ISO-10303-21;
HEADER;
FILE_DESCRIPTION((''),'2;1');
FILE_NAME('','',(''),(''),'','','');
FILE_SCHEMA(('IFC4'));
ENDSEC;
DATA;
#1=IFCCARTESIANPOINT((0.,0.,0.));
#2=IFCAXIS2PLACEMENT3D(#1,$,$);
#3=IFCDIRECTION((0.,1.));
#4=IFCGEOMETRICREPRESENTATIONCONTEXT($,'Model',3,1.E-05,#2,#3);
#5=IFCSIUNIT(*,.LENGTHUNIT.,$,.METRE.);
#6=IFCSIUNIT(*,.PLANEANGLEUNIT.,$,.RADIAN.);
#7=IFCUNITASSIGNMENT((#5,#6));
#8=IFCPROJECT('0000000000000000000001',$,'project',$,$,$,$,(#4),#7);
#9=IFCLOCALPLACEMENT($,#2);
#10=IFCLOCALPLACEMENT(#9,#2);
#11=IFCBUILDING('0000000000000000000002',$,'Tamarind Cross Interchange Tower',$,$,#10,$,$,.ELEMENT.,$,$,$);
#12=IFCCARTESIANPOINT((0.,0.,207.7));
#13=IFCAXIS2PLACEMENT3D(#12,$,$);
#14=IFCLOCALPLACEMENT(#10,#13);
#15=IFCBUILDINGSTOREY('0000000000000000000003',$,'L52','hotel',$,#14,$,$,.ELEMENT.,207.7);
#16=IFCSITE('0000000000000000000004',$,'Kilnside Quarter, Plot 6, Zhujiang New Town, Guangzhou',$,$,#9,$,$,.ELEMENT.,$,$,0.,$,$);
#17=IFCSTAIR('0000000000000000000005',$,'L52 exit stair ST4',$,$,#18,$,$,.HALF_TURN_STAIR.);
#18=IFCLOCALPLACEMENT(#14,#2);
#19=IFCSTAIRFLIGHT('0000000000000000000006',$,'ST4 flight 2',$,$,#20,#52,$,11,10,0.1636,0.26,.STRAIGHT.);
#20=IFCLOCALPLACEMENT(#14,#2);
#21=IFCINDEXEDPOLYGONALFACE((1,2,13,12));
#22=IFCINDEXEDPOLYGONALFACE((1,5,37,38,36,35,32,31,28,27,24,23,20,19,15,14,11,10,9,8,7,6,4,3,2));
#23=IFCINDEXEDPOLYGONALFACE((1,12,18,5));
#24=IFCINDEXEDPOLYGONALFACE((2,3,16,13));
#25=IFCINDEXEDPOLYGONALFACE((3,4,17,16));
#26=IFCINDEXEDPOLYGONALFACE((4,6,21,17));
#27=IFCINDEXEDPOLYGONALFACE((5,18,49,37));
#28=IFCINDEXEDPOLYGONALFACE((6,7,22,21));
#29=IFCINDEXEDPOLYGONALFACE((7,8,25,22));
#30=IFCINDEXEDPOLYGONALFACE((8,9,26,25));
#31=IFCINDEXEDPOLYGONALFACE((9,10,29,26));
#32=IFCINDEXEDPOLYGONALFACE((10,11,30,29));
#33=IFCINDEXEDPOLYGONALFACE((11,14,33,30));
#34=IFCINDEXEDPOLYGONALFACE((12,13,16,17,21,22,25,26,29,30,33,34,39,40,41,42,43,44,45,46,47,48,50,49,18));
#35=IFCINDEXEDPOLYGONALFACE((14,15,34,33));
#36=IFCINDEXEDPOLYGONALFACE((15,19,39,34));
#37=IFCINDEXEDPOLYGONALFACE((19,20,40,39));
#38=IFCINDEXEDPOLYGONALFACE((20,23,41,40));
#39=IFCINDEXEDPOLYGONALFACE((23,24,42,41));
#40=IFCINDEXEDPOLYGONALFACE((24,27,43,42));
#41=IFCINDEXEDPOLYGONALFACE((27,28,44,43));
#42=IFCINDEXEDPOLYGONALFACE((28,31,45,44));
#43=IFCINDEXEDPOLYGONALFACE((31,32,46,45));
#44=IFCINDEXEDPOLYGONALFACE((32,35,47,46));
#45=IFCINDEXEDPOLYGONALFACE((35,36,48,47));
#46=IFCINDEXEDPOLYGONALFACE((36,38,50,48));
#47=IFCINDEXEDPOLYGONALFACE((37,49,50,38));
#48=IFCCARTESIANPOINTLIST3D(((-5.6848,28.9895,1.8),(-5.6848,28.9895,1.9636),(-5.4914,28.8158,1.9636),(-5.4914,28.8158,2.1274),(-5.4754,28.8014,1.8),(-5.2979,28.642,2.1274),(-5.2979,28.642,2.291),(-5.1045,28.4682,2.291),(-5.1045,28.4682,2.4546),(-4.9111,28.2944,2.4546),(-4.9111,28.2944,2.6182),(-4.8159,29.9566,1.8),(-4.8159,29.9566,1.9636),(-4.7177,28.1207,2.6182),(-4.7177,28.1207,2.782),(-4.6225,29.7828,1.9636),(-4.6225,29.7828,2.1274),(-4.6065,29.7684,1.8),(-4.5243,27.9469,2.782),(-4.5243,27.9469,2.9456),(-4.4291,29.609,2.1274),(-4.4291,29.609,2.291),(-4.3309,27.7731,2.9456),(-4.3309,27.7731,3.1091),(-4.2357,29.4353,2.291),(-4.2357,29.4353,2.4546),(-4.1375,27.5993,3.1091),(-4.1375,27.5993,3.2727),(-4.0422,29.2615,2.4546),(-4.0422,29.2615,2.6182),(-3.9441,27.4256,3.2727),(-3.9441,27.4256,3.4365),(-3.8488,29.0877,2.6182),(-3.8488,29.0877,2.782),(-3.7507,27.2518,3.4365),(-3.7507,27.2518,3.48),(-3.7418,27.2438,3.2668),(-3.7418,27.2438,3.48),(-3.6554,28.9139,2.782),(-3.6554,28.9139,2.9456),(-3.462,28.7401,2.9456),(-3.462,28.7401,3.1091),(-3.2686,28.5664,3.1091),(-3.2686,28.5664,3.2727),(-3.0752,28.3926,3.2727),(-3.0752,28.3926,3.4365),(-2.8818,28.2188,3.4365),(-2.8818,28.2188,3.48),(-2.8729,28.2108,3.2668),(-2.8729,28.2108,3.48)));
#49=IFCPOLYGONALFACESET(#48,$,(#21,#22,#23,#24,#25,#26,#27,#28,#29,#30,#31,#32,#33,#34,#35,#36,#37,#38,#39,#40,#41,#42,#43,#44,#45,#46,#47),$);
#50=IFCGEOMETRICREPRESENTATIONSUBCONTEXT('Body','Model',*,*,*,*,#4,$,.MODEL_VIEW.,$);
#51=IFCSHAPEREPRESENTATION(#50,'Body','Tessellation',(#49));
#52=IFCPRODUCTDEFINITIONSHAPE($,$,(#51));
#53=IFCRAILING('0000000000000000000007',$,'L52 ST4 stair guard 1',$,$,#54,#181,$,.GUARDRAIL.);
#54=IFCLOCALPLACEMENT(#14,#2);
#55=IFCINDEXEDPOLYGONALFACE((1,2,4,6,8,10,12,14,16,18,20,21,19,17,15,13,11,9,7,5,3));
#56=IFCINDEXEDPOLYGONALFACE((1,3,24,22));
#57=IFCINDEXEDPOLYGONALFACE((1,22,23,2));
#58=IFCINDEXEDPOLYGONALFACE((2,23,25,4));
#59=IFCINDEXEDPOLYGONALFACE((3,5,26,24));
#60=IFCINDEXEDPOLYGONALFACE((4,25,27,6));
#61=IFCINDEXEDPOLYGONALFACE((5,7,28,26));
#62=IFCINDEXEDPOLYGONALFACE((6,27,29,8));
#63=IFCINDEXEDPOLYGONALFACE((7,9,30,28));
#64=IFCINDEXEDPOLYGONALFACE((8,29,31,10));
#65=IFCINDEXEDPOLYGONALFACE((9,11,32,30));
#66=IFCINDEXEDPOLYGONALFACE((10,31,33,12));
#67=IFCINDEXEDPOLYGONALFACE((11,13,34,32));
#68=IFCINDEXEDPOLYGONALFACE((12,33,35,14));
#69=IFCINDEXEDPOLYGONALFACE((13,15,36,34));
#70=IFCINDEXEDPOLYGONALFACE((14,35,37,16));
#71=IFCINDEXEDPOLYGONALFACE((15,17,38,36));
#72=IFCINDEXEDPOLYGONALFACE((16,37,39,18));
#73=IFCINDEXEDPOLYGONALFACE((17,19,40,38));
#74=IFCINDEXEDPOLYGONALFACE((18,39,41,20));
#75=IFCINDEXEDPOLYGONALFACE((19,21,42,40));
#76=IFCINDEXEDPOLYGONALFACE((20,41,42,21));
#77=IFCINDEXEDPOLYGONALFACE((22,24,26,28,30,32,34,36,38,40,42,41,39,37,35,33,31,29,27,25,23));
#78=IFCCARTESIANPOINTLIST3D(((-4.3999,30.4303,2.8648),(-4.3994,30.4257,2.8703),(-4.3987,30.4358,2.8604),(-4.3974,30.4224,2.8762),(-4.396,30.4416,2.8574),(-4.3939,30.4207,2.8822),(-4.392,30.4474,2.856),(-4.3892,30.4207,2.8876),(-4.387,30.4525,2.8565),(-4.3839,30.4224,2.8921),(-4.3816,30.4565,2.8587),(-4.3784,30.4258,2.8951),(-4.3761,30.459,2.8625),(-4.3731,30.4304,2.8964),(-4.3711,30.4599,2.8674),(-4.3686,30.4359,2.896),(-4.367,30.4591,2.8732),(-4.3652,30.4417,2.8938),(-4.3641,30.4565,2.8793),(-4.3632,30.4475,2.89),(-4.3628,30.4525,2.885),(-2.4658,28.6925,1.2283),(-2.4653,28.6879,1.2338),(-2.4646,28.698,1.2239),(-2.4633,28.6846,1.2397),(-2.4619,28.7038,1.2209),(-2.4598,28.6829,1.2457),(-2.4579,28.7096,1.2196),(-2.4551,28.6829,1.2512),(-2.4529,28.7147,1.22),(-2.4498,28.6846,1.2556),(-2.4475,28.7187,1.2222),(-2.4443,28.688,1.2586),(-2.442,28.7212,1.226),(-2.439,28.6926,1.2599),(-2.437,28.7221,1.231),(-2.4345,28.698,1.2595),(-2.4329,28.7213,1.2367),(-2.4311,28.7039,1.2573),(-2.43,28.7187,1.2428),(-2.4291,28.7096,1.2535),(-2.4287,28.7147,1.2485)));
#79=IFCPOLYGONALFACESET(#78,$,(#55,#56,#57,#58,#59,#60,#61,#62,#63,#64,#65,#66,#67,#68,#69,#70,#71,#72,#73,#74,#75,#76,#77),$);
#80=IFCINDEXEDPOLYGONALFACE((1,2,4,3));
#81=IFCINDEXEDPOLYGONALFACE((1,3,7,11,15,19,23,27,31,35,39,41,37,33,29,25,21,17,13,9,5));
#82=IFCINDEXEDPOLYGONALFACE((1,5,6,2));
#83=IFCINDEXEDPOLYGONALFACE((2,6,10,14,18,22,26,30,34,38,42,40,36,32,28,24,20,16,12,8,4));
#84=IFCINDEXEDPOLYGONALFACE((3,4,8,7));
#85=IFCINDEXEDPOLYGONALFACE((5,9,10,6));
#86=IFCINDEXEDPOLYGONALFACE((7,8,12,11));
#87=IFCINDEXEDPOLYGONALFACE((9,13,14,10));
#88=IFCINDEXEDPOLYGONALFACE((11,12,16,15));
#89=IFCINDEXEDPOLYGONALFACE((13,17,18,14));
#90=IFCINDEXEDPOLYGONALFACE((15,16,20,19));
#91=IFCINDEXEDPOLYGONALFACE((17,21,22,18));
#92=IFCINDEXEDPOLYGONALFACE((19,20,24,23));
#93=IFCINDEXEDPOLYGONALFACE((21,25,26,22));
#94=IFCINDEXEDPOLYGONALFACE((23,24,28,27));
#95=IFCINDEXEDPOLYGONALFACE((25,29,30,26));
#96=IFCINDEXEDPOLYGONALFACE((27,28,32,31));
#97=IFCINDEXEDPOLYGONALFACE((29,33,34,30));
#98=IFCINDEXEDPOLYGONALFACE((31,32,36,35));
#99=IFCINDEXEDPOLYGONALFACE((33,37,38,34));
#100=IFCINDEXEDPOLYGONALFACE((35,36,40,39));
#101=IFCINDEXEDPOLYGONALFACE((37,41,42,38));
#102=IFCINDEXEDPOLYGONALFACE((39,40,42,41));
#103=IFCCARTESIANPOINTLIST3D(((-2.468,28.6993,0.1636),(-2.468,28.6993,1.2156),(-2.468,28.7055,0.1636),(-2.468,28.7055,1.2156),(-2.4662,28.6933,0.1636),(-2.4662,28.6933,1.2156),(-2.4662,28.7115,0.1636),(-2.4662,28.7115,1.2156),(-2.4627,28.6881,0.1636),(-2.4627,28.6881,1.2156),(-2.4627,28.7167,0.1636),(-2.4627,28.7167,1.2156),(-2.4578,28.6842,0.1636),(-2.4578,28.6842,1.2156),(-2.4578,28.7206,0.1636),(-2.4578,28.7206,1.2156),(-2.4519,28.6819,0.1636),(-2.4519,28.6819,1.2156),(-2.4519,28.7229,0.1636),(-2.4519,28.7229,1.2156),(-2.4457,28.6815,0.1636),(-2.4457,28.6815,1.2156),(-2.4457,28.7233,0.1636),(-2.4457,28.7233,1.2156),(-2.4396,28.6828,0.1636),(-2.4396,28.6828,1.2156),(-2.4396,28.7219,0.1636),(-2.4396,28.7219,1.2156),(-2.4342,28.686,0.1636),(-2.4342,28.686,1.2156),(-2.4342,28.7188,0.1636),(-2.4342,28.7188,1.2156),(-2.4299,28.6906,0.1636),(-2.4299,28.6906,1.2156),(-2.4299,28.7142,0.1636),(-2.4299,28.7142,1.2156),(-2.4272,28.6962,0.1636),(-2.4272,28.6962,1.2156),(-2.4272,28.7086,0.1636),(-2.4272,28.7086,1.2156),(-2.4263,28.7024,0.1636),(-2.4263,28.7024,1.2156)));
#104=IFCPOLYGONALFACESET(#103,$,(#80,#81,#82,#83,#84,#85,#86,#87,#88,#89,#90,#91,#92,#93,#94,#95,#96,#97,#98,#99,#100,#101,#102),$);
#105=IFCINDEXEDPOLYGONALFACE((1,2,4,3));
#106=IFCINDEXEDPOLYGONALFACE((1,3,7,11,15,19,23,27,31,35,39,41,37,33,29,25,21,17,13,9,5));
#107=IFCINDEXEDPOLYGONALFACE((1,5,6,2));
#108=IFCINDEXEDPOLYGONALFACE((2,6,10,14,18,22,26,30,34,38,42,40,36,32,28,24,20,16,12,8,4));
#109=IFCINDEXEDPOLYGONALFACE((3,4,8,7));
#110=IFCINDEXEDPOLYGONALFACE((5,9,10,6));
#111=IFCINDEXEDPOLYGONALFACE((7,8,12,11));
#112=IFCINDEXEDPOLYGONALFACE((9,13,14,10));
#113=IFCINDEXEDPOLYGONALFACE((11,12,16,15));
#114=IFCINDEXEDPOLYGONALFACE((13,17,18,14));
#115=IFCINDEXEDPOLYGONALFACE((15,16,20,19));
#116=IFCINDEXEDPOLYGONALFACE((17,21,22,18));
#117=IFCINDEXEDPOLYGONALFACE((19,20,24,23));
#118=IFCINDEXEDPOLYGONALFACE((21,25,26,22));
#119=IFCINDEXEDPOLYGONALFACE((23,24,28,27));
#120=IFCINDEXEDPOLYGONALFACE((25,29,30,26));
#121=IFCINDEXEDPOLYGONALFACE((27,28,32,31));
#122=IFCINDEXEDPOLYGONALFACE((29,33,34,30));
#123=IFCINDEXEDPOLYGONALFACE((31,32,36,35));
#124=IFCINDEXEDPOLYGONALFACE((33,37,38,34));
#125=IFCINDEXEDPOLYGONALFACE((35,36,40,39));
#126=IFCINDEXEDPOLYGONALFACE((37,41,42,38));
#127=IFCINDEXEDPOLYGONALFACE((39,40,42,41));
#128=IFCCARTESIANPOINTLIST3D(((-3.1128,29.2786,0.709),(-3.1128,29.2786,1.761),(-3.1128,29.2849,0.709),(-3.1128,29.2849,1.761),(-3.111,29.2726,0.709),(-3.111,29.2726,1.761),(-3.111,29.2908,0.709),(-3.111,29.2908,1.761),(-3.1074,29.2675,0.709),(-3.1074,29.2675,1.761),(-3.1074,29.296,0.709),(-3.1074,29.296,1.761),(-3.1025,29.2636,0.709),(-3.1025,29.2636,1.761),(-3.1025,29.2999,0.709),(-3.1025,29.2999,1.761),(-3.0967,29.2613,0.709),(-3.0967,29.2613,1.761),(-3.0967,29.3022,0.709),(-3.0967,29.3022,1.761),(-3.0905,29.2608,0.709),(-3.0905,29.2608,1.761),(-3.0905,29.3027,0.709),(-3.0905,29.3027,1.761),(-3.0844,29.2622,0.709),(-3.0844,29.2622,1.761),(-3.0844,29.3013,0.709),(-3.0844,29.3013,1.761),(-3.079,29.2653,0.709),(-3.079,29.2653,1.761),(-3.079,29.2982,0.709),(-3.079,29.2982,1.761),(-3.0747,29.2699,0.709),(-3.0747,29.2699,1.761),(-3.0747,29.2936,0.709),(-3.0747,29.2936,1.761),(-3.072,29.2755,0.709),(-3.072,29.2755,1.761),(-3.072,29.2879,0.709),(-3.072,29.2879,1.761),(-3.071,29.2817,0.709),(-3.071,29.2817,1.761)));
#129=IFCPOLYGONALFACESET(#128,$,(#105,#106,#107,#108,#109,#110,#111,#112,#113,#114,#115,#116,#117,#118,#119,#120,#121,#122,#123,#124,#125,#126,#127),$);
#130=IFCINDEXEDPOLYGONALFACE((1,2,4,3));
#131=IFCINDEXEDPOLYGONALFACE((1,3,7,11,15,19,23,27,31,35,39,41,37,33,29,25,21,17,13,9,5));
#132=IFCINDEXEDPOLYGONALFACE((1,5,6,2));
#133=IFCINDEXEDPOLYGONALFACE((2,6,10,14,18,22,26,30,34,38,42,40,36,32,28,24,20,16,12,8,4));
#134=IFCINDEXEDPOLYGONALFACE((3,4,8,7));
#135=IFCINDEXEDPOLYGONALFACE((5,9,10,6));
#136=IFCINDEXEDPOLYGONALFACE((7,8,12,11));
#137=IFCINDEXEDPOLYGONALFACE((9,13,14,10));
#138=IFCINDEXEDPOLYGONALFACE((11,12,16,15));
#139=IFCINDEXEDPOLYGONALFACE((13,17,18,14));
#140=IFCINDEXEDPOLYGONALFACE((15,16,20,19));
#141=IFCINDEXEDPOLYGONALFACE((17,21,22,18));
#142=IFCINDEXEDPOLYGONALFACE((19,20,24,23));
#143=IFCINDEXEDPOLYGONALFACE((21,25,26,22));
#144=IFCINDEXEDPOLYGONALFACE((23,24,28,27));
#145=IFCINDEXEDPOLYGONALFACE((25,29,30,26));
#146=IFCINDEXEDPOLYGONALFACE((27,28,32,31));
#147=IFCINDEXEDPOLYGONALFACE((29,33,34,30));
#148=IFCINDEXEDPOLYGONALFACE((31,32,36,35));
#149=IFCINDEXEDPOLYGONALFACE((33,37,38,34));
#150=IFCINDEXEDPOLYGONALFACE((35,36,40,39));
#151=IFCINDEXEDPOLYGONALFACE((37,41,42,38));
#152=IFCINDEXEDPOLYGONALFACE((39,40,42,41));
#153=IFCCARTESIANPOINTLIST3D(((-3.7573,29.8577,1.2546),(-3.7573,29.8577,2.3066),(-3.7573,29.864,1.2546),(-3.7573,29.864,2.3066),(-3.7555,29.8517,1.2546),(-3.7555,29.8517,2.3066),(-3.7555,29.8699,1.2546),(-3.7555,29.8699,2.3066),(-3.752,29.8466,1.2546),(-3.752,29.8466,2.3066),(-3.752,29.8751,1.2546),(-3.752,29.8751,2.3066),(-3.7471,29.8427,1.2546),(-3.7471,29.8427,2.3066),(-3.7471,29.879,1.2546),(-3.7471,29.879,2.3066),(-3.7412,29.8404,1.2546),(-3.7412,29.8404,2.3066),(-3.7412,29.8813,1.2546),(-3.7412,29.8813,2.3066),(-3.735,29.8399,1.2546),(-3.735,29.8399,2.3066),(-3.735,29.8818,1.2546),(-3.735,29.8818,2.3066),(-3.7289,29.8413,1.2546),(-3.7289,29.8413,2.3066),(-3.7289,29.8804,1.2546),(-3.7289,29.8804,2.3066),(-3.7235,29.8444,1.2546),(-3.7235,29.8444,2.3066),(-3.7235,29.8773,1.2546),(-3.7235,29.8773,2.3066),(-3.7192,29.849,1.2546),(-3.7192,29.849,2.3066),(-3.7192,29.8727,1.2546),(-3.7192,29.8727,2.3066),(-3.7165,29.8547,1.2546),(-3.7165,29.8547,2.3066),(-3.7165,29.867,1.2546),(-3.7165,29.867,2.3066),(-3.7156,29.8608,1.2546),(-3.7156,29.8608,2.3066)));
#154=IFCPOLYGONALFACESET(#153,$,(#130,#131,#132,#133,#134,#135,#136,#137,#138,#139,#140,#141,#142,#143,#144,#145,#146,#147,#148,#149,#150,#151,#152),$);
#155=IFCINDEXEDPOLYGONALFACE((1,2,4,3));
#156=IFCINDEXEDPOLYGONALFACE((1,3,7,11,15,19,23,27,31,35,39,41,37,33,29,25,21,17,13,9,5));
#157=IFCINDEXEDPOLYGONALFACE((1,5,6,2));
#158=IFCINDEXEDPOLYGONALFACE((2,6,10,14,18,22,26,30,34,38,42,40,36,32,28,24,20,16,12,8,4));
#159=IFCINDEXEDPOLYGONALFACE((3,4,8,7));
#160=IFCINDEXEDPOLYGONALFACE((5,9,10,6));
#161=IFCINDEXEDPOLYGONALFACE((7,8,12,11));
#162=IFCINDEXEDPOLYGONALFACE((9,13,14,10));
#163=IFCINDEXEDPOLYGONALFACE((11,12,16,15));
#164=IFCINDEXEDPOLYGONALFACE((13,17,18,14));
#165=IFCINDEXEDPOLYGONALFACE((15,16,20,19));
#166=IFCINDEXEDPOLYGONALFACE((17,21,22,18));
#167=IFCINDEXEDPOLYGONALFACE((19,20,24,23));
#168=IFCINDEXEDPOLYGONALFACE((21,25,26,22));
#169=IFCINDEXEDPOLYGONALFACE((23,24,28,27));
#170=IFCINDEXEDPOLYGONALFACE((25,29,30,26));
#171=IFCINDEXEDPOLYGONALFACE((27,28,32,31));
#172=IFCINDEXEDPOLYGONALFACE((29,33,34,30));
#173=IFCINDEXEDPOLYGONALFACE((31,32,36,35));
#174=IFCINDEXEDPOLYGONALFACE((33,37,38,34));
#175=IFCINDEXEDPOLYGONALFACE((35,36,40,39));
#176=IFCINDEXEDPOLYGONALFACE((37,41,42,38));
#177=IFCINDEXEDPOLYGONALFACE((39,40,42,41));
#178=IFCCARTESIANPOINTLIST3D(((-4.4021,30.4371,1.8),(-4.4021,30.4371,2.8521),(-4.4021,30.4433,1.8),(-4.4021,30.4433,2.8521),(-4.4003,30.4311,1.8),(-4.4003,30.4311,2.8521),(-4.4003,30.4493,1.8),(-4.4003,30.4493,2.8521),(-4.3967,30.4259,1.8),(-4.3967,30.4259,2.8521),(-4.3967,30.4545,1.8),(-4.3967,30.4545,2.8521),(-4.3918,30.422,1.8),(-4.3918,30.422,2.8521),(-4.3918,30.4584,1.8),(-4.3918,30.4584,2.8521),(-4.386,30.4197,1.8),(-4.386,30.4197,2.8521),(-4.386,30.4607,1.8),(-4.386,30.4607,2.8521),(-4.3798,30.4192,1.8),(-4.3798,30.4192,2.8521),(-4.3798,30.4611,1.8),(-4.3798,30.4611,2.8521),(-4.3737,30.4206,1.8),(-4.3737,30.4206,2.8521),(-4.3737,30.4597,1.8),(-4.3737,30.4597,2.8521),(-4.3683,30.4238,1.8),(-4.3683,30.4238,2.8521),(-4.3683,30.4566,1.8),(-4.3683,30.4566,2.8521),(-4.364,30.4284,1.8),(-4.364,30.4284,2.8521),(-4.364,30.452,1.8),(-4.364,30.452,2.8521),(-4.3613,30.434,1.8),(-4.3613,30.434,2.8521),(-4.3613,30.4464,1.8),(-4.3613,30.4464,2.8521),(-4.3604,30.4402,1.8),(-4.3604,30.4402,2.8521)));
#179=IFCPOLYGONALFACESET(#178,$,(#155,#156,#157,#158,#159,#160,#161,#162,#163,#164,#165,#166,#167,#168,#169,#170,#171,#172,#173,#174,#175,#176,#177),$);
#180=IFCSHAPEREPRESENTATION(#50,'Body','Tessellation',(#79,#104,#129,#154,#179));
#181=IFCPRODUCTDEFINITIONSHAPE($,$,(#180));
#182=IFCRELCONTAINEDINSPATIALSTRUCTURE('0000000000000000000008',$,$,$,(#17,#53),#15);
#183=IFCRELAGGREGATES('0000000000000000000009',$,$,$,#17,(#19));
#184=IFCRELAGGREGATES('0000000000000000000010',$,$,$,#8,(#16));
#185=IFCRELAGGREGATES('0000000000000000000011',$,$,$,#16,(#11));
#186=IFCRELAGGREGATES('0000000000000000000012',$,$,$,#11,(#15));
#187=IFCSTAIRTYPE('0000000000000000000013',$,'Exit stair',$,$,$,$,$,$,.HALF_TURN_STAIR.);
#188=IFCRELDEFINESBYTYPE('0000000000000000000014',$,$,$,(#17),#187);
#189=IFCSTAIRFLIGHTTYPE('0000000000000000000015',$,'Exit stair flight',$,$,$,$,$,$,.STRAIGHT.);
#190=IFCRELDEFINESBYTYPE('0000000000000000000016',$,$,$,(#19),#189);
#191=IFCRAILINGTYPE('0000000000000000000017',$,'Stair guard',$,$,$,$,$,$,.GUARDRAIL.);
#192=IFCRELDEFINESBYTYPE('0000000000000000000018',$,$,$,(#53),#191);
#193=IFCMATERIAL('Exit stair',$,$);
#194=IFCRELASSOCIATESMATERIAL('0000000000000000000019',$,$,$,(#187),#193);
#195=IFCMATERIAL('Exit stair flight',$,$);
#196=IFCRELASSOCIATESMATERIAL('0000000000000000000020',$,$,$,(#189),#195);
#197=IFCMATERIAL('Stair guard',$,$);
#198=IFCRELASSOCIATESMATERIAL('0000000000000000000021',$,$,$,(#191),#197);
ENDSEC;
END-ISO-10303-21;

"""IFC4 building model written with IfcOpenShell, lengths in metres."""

from ifc_helpers import new_model, si_unit, direction, frame, origin, origin_2d, place, context, subcontext, project, spatial, polyline, circle, outline, extrude, material, type_object, element, aggregate, save


model = new_model("IFC4")

# Units and contexts
model_context = context("Model", 3, precision=1e-05, world=origin(), true_north=direction((0.0, 1.0)))
body_context = subcontext(model_context, "Body", "Model", "MODEL_VIEW")
ifc_project = project(units=[si_unit("LENGTHUNIT", "METRE"), si_unit("PLANEANGLEUNIT", "RADIAN")], contexts=[model_context])

# Site, building, storey
site_placement = place(None, origin())
site = spatial("IfcSite", under=ifc_project, at=site_placement, Name="Kilnside Quarter, Plot 6, Zhujiang New Town, Guangzhou", CompositionType="ELEMENT", RefElevation=0.0)
building_placement = place(site_placement, origin())
building = spatial("IfcBuilding", under=site, at=building_placement, Name="Tamarind Cross Interchange Tower", CompositionType="ELEMENT")
storey_placement = place(building_placement, frame((0.0, 0.0, 207.7)))
storey = spatial("IfcBuildingStorey", under=building, at=storey_placement, Name="L52", Description="hotel", CompositionType="ELEMENT", Elevation=207.7)

# Stair, stair flight
ifc_material_1 = material(Name="Exit stair")
stair_type = type_object("IfcStairType", Name="Exit stair", PredefinedType="HALF_TURN_STAIR", material=ifc_material_1)
stair_placement = place(storey_placement, origin())
stair = element("IfcStair", 1, at=stair_placement, inside=storey, type_object=stair_type, Name="L52 exit stair ST4", PredefinedType="HALF_TURN_STAIR")
ifc_material_2 = material(Name="Exit stair flight")
stair_flight_type = type_object("IfcStairFlightType", Name="Exit stair flight", PredefinedType="STRAIGHT", material=ifc_material_2)
stair_flight_1_placement = place(storey_placement, frame((-5.2502, 29.4731, 1.8), z_axis=(0.0, 0.0, 1.0), x_axis=(0.743854, -0.668342, 0.0)))
stair_flight_1 = element("IfcStairFlight", 2, at=stair_flight_1_placement, type_object=stair_flight_type, Name="ST4 flight 2", NumberOfRisers=11, NumberOfTreads=10, PredefinedType="STRAIGHT", RiserHeight=0.1636, TreadLength=0.26, context=body_context, shape_type="SweptSolid", body=[
    extrude(outline(polyline([(0.0, 0.0), (0.0, 0.1636), (0.26, 0.1636), (0.26, 0.3274), (0.52, 0.3274), (0.52, 0.491), (0.78, 0.491), (0.78, 0.6545), (1.04, 0.6545), (1.04, 0.8181), (1.3, 0.8181), (1.3, 0.9819), (1.5601, 0.9819), (1.5601, 1.1455), (1.8201, 1.1455), (1.8201, 1.3091), (2.0801, 1.3091), (2.0801, 1.4727), (2.3401, 1.4727), (2.3401, 1.6365), (2.6001, 1.6365), (2.6001, 1.6799), (2.6121, 1.6799), (2.6121, 1.4668), (0.2815, 0.0), (0.0, 0.0)])), frame((0.0, 0.6499, 0.0), z_axis=(0.0, -1.0, 0.0), x_axis=(1.0, 0.0, 0.0)), (0.0, 0.0, 1.0), 1.3),
])
aggregate(stair, [stair_flight_1])

# Railing
ifc_material_3 = material(Name="Stair guard")
railing_type_1 = type_object("IfcRailingType", Name="Stair guard", PredefinedType="GUARDRAIL", material=ifc_material_3)
railing_1_placement = place(storey_placement, frame((-2.4473, 28.7024, 0.1636)))
element("IfcRailing", 3, at=railing_1_placement, inside=storey, type_object=railing_type_1, Name="L52 ST4 stair guard 1", PredefinedType="GUARDRAIL", context=body_context, shape_type="SweptSolid", body=[
    extrude(circle(Radius=0.0239, at=origin_2d()), frame((0.0, 0.0, 1.0762), z_axis=(-0.629535, 0.565644, 0.532665), x_axis=(-0.668352, -0.743845, 0.0)), (0.0, 0.0, 1.0), 3.0723),
    extrude(circle(Radius=0.021, at=origin_2d()), origin(), (0.0, 0.0, 1.0), 1.052),
    extrude(circle(Radius=0.021, at=origin_2d()), frame((-0.6448, 0.5793, 0.5454)), (0.0, 0.0, 1.0), 1.052),
    extrude(circle(Radius=0.021, at=origin_2d()), frame((-1.2893, 1.1584, 1.0911)), (0.0, 0.0, 1.0), 1.052),
    extrude(circle(Radius=0.021, at=origin_2d()), frame((-1.9341, 1.7378, 1.6365)), (0.0, 0.0, 1.0), 1.052),
])

save(model, "model.ifc")
